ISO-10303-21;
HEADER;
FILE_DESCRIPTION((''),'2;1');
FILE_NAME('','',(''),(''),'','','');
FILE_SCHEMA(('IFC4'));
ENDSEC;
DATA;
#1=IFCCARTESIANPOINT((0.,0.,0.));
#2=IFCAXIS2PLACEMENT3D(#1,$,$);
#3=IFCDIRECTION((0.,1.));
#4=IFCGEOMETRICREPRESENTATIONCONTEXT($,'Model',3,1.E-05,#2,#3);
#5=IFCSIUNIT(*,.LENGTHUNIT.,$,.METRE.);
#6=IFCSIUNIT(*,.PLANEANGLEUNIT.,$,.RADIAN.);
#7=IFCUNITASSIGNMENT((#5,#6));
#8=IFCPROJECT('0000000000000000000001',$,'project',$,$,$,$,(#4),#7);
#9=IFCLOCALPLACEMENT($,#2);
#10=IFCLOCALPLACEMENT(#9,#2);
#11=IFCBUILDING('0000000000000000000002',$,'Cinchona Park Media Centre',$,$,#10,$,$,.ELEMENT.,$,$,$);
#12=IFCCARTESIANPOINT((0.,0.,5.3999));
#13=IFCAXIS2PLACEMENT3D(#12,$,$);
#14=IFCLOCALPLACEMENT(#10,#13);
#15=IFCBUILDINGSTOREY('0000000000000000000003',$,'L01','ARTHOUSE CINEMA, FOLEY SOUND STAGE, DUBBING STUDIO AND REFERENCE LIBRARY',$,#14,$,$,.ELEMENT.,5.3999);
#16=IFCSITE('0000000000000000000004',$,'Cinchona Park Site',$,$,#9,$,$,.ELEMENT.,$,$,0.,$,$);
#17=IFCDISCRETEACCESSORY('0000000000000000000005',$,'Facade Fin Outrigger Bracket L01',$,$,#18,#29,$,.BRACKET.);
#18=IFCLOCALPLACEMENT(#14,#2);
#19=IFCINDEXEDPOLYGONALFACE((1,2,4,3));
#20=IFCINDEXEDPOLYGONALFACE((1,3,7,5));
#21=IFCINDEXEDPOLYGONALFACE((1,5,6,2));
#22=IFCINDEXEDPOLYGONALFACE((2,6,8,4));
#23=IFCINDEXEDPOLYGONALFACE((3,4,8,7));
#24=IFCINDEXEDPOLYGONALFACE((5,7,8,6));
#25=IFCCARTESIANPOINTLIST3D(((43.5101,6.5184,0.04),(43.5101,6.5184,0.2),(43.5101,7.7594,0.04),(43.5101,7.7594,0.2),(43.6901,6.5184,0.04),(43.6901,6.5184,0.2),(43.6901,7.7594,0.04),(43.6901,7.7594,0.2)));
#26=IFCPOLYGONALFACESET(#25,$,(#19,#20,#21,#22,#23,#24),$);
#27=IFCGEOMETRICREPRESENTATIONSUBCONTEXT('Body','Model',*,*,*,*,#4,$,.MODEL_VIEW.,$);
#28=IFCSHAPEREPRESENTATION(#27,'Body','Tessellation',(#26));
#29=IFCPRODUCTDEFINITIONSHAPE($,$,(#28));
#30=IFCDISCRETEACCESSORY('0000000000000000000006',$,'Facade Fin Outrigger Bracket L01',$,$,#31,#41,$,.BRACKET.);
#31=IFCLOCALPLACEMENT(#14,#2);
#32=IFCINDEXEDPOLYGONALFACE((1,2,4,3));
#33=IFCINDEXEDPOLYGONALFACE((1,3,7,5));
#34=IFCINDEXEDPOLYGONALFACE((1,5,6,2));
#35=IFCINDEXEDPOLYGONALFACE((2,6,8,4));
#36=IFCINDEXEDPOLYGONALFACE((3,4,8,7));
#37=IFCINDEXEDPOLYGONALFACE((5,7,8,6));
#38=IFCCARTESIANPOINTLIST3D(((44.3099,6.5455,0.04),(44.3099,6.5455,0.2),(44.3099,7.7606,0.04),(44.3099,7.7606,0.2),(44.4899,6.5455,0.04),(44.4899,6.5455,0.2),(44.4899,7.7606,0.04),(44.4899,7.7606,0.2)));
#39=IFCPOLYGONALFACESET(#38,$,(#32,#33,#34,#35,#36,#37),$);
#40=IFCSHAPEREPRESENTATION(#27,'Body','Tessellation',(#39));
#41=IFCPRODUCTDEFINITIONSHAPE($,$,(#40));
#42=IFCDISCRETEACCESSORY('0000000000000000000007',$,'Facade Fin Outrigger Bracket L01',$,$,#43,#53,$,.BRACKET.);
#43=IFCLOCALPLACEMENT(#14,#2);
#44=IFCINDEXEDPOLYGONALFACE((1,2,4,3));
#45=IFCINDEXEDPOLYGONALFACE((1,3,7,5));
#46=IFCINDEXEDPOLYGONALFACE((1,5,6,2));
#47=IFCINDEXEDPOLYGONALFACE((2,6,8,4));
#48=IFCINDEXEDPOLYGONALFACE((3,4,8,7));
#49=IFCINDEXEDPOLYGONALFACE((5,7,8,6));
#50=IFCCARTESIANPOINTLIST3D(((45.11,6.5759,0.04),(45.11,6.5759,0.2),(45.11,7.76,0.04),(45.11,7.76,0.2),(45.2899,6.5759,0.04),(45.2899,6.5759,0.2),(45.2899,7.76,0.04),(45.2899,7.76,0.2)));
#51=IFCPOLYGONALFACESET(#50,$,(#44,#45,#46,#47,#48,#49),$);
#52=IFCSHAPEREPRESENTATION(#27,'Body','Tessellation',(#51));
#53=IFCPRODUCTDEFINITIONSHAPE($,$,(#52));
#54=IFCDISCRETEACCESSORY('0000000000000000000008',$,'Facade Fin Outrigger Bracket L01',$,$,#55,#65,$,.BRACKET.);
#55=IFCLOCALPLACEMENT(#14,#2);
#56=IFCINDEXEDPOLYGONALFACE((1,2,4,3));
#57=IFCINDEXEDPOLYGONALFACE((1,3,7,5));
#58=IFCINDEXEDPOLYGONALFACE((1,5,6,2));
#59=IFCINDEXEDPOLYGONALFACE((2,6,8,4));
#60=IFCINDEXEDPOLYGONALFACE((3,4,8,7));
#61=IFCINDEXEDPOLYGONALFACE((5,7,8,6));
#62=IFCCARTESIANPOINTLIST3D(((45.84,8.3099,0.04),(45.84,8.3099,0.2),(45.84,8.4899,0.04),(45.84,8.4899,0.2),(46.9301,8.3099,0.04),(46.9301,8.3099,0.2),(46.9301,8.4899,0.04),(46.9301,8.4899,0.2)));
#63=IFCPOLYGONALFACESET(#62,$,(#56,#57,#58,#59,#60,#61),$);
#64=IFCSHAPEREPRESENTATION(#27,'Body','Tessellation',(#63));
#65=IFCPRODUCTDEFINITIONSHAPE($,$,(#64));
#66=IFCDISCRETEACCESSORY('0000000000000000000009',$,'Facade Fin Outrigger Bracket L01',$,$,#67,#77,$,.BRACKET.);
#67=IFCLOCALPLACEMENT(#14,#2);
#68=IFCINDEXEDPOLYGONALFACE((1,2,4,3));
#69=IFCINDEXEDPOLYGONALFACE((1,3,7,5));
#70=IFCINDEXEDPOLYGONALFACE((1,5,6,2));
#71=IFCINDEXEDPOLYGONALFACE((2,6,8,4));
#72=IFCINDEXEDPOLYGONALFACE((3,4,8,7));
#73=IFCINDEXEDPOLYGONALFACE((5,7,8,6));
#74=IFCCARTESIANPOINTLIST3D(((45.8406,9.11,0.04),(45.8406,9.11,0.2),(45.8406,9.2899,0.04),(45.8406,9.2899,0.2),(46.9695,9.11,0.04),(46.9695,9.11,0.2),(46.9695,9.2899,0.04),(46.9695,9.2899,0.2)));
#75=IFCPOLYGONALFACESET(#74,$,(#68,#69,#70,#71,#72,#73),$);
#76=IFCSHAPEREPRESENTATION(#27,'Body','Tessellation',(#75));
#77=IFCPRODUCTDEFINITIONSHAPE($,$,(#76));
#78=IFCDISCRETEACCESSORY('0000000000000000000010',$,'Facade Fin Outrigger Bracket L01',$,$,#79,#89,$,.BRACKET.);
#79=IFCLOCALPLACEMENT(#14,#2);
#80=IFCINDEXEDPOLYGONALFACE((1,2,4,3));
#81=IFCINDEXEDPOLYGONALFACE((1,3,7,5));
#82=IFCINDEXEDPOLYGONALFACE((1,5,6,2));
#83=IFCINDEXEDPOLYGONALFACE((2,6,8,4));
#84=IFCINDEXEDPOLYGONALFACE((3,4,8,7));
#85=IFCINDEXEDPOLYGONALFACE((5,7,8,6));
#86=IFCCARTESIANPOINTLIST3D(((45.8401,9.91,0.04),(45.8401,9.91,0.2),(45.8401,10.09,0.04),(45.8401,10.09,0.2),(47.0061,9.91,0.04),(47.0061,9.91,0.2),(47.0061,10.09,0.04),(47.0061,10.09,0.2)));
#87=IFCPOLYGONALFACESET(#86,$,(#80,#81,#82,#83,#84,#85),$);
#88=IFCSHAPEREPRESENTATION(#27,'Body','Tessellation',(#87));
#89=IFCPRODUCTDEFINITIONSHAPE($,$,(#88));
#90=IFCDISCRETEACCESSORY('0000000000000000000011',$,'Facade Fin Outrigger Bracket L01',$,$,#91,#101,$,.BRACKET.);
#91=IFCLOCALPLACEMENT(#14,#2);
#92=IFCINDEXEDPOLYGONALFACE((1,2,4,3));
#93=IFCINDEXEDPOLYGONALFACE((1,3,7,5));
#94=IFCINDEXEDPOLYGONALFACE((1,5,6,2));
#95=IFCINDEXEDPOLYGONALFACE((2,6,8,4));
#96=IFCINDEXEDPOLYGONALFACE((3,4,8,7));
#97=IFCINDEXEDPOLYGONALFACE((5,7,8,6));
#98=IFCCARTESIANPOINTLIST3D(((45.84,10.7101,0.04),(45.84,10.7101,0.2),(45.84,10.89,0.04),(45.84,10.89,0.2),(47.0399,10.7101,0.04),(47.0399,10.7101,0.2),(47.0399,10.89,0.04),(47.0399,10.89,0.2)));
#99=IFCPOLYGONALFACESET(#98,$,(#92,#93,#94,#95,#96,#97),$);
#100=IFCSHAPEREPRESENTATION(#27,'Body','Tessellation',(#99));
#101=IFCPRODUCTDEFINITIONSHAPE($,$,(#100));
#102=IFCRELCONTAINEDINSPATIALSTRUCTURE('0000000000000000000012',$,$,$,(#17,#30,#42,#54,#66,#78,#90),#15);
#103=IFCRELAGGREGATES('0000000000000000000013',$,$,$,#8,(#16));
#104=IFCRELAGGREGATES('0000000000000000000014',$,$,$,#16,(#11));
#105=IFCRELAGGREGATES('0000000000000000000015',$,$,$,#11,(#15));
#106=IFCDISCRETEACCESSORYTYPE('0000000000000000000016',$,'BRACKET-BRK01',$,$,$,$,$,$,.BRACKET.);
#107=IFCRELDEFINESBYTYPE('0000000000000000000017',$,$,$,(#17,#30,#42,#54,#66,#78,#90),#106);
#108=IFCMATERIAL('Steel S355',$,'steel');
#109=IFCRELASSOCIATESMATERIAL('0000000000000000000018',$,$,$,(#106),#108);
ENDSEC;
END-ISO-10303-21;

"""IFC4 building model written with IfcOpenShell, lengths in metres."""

from ifc_helpers import new_model, si_unit, direction, frame, origin, origin_2d, place, context, subcontext, project, spatial, rectangle, extrude, material, type_object, element, save


model = new_model("IFC4")

# Units and contexts
model_context = context("Model", 3, precision=1e-05, world=origin(), true_north=direction((0.0, 1.0)))
body_context = subcontext(model_context, "Body", "Model", "MODEL_VIEW")
ifc_project = project(units=[si_unit("LENGTHUNIT", "METRE"), si_unit("PLANEANGLEUNIT", "RADIAN")], contexts=[model_context])

# Site, building, storey
site_placement = place(None, origin())
site = spatial("IfcSite", under=ifc_project, at=site_placement, Name="Cinchona Park Site", CompositionType="ELEMENT", RefElevation=0.0)
building_placement = place(site_placement, origin())
building = spatial("IfcBuilding", under=site, at=building_placement, Name="Cinchona Park Media Centre", CompositionType="ELEMENT")
storey_placement = place(building_placement, frame((0.0, 0.0, 5.3999)))
storey = spatial("IfcBuildingStorey", under=building, at=storey_placement, Name="L01", Description="ARTHOUSE CINEMA, FOLEY SOUND STAGE, DUBBING STUDIO AND REFERENCE LIBRARY", CompositionType="ELEMENT", Elevation=5.3999)

# Discrete accessories
ifc_material_1 = material(Name="Steel S355", Category="steel")
discrete_accessory_type = type_object("IfcDiscreteAccessoryType", Name="BRACKET-BRK01", PredefinedType="BRACKET", material=ifc_material_1)
discrete_accessory_1_placement = place(storey_placement, frame((43.6001, 7.1389, 0.04), z_axis=(0.0, 0.0, 1.0), x_axis=(1.0, 0.0, 0.0)))
element("IfcDiscreteAccessory", 1, at=discrete_accessory_1_placement, inside=storey, type_object=discrete_accessory_type, Name="Facade Fin Outrigger Bracket L01", PredefinedType="BRACKET", context=body_context, shape_type="SweptSolid", body=[
    extrude(rectangle(XDim=0.1799, YDim=1.241, at=origin_2d()), origin(), (0.0, 0.0, 1.0), 0.1599),
])
discrete_accessory_2_placement = place(storey_placement, frame((44.3999, 7.1531, 0.04), z_axis=(0.0, 0.0, 1.0), x_axis=(1.0, 0.0, 0.0)))
element("IfcDiscreteAccessory", 2, at=discrete_accessory_2_placement, inside=storey, type_object=discrete_accessory_type, Name="Facade Fin Outrigger Bracket L01", PredefinedType="BRACKET", context=body_context, shape_type="SweptSolid", body=[
    extrude(rectangle(XDim=0.1799, YDim=1.2151, at=origin_2d()), origin(), (0.0, 0.0, 1.0), 0.1599),
])
discrete_accessory_3_placement = place(storey_placement, frame((45.2, 7.168, 0.04), z_axis=(0.0, 0.0, 1.0), x_axis=(1.0, 0.0, 0.0)))
element("IfcDiscreteAccessory", 3, at=discrete_accessory_3_placement, inside=storey, type_object=discrete_accessory_type, Name="Facade Fin Outrigger Bracket L01", PredefinedType="BRACKET", context=body_context, shape_type="SweptSolid", body=[
    extrude(rectangle(XDim=0.1799, YDim=1.1841, at=origin_2d()), origin(), (0.0, 0.0, 1.0), 0.1599),
])
discrete_accessory_4_placement = place(storey_placement, frame((46.385, 8.3999, 0.04), z_axis=(0.0, 0.0, 1.0), x_axis=(0.0, 1.0, 0.0)))
element("IfcDiscreteAccessory", 4, at=discrete_accessory_4_placement, inside=storey, type_object=discrete_accessory_type, Name="Facade Fin Outrigger Bracket L01", PredefinedType="BRACKET", context=body_context, shape_type="SweptSolid", body=[
    extrude(rectangle(XDim=0.1799, YDim=1.0901, at=origin_2d()), origin(), (0.0, 0.0, 1.0), 0.1599),
])
discrete_accessory_5_placement = place(storey_placement, frame((46.405, 9.2, 0.04), z_axis=(0.0, 0.0, 1.0), x_axis=(0.0, 1.0, 0.0)))
element("IfcDiscreteAccessory", 5, at=discrete_accessory_5_placement, inside=storey, type_object=discrete_accessory_type, Name="Facade Fin Outrigger Bracket L01", PredefinedType="BRACKET", context=body_context, shape_type="SweptSolid", body=[
    extrude(rectangle(XDim=0.1799, YDim=1.1289, at=origin_2d()), origin(), (0.0, 0.0, 1.0), 0.1599),
])
discrete_accessory_6_placement = place(storey_placement, frame((46.4231, 10.0, 0.04), z_axis=(0.0, 0.0, 1.0), x_axis=(0.0, 1.0, 0.0)))
element("IfcDiscreteAccessory", 6, at=discrete_accessory_6_placement, inside=storey, type_object=discrete_accessory_type, Name="Facade Fin Outrigger Bracket L01", PredefinedType="BRACKET", context=body_context, shape_type="SweptSolid", body=[
    extrude(rectangle(XDim=0.1799, YDim=1.166, at=origin_2d()), origin(), (0.0, 0.0, 1.0), 0.1599),
])
discrete_accessory_7_placement = place(storey_placement, frame((46.4399, 10.8, 0.04), z_axis=(0.0, 0.0, 1.0), x_axis=(0.0, 1.0, 0.0)))
element("IfcDiscreteAccessory", 7, at=discrete_accessory_7_placement, inside=storey, type_object=discrete_accessory_type, Name="Facade Fin Outrigger Bracket L01", PredefinedType="BRACKET", context=body_context, shape_type="SweptSolid", body=[
    extrude(rectangle(XDim=0.1799, YDim=1.2, at=origin_2d()), origin(), (0.0, 0.0, 1.0), 0.1599),
])

save(model, "model.ifc")
